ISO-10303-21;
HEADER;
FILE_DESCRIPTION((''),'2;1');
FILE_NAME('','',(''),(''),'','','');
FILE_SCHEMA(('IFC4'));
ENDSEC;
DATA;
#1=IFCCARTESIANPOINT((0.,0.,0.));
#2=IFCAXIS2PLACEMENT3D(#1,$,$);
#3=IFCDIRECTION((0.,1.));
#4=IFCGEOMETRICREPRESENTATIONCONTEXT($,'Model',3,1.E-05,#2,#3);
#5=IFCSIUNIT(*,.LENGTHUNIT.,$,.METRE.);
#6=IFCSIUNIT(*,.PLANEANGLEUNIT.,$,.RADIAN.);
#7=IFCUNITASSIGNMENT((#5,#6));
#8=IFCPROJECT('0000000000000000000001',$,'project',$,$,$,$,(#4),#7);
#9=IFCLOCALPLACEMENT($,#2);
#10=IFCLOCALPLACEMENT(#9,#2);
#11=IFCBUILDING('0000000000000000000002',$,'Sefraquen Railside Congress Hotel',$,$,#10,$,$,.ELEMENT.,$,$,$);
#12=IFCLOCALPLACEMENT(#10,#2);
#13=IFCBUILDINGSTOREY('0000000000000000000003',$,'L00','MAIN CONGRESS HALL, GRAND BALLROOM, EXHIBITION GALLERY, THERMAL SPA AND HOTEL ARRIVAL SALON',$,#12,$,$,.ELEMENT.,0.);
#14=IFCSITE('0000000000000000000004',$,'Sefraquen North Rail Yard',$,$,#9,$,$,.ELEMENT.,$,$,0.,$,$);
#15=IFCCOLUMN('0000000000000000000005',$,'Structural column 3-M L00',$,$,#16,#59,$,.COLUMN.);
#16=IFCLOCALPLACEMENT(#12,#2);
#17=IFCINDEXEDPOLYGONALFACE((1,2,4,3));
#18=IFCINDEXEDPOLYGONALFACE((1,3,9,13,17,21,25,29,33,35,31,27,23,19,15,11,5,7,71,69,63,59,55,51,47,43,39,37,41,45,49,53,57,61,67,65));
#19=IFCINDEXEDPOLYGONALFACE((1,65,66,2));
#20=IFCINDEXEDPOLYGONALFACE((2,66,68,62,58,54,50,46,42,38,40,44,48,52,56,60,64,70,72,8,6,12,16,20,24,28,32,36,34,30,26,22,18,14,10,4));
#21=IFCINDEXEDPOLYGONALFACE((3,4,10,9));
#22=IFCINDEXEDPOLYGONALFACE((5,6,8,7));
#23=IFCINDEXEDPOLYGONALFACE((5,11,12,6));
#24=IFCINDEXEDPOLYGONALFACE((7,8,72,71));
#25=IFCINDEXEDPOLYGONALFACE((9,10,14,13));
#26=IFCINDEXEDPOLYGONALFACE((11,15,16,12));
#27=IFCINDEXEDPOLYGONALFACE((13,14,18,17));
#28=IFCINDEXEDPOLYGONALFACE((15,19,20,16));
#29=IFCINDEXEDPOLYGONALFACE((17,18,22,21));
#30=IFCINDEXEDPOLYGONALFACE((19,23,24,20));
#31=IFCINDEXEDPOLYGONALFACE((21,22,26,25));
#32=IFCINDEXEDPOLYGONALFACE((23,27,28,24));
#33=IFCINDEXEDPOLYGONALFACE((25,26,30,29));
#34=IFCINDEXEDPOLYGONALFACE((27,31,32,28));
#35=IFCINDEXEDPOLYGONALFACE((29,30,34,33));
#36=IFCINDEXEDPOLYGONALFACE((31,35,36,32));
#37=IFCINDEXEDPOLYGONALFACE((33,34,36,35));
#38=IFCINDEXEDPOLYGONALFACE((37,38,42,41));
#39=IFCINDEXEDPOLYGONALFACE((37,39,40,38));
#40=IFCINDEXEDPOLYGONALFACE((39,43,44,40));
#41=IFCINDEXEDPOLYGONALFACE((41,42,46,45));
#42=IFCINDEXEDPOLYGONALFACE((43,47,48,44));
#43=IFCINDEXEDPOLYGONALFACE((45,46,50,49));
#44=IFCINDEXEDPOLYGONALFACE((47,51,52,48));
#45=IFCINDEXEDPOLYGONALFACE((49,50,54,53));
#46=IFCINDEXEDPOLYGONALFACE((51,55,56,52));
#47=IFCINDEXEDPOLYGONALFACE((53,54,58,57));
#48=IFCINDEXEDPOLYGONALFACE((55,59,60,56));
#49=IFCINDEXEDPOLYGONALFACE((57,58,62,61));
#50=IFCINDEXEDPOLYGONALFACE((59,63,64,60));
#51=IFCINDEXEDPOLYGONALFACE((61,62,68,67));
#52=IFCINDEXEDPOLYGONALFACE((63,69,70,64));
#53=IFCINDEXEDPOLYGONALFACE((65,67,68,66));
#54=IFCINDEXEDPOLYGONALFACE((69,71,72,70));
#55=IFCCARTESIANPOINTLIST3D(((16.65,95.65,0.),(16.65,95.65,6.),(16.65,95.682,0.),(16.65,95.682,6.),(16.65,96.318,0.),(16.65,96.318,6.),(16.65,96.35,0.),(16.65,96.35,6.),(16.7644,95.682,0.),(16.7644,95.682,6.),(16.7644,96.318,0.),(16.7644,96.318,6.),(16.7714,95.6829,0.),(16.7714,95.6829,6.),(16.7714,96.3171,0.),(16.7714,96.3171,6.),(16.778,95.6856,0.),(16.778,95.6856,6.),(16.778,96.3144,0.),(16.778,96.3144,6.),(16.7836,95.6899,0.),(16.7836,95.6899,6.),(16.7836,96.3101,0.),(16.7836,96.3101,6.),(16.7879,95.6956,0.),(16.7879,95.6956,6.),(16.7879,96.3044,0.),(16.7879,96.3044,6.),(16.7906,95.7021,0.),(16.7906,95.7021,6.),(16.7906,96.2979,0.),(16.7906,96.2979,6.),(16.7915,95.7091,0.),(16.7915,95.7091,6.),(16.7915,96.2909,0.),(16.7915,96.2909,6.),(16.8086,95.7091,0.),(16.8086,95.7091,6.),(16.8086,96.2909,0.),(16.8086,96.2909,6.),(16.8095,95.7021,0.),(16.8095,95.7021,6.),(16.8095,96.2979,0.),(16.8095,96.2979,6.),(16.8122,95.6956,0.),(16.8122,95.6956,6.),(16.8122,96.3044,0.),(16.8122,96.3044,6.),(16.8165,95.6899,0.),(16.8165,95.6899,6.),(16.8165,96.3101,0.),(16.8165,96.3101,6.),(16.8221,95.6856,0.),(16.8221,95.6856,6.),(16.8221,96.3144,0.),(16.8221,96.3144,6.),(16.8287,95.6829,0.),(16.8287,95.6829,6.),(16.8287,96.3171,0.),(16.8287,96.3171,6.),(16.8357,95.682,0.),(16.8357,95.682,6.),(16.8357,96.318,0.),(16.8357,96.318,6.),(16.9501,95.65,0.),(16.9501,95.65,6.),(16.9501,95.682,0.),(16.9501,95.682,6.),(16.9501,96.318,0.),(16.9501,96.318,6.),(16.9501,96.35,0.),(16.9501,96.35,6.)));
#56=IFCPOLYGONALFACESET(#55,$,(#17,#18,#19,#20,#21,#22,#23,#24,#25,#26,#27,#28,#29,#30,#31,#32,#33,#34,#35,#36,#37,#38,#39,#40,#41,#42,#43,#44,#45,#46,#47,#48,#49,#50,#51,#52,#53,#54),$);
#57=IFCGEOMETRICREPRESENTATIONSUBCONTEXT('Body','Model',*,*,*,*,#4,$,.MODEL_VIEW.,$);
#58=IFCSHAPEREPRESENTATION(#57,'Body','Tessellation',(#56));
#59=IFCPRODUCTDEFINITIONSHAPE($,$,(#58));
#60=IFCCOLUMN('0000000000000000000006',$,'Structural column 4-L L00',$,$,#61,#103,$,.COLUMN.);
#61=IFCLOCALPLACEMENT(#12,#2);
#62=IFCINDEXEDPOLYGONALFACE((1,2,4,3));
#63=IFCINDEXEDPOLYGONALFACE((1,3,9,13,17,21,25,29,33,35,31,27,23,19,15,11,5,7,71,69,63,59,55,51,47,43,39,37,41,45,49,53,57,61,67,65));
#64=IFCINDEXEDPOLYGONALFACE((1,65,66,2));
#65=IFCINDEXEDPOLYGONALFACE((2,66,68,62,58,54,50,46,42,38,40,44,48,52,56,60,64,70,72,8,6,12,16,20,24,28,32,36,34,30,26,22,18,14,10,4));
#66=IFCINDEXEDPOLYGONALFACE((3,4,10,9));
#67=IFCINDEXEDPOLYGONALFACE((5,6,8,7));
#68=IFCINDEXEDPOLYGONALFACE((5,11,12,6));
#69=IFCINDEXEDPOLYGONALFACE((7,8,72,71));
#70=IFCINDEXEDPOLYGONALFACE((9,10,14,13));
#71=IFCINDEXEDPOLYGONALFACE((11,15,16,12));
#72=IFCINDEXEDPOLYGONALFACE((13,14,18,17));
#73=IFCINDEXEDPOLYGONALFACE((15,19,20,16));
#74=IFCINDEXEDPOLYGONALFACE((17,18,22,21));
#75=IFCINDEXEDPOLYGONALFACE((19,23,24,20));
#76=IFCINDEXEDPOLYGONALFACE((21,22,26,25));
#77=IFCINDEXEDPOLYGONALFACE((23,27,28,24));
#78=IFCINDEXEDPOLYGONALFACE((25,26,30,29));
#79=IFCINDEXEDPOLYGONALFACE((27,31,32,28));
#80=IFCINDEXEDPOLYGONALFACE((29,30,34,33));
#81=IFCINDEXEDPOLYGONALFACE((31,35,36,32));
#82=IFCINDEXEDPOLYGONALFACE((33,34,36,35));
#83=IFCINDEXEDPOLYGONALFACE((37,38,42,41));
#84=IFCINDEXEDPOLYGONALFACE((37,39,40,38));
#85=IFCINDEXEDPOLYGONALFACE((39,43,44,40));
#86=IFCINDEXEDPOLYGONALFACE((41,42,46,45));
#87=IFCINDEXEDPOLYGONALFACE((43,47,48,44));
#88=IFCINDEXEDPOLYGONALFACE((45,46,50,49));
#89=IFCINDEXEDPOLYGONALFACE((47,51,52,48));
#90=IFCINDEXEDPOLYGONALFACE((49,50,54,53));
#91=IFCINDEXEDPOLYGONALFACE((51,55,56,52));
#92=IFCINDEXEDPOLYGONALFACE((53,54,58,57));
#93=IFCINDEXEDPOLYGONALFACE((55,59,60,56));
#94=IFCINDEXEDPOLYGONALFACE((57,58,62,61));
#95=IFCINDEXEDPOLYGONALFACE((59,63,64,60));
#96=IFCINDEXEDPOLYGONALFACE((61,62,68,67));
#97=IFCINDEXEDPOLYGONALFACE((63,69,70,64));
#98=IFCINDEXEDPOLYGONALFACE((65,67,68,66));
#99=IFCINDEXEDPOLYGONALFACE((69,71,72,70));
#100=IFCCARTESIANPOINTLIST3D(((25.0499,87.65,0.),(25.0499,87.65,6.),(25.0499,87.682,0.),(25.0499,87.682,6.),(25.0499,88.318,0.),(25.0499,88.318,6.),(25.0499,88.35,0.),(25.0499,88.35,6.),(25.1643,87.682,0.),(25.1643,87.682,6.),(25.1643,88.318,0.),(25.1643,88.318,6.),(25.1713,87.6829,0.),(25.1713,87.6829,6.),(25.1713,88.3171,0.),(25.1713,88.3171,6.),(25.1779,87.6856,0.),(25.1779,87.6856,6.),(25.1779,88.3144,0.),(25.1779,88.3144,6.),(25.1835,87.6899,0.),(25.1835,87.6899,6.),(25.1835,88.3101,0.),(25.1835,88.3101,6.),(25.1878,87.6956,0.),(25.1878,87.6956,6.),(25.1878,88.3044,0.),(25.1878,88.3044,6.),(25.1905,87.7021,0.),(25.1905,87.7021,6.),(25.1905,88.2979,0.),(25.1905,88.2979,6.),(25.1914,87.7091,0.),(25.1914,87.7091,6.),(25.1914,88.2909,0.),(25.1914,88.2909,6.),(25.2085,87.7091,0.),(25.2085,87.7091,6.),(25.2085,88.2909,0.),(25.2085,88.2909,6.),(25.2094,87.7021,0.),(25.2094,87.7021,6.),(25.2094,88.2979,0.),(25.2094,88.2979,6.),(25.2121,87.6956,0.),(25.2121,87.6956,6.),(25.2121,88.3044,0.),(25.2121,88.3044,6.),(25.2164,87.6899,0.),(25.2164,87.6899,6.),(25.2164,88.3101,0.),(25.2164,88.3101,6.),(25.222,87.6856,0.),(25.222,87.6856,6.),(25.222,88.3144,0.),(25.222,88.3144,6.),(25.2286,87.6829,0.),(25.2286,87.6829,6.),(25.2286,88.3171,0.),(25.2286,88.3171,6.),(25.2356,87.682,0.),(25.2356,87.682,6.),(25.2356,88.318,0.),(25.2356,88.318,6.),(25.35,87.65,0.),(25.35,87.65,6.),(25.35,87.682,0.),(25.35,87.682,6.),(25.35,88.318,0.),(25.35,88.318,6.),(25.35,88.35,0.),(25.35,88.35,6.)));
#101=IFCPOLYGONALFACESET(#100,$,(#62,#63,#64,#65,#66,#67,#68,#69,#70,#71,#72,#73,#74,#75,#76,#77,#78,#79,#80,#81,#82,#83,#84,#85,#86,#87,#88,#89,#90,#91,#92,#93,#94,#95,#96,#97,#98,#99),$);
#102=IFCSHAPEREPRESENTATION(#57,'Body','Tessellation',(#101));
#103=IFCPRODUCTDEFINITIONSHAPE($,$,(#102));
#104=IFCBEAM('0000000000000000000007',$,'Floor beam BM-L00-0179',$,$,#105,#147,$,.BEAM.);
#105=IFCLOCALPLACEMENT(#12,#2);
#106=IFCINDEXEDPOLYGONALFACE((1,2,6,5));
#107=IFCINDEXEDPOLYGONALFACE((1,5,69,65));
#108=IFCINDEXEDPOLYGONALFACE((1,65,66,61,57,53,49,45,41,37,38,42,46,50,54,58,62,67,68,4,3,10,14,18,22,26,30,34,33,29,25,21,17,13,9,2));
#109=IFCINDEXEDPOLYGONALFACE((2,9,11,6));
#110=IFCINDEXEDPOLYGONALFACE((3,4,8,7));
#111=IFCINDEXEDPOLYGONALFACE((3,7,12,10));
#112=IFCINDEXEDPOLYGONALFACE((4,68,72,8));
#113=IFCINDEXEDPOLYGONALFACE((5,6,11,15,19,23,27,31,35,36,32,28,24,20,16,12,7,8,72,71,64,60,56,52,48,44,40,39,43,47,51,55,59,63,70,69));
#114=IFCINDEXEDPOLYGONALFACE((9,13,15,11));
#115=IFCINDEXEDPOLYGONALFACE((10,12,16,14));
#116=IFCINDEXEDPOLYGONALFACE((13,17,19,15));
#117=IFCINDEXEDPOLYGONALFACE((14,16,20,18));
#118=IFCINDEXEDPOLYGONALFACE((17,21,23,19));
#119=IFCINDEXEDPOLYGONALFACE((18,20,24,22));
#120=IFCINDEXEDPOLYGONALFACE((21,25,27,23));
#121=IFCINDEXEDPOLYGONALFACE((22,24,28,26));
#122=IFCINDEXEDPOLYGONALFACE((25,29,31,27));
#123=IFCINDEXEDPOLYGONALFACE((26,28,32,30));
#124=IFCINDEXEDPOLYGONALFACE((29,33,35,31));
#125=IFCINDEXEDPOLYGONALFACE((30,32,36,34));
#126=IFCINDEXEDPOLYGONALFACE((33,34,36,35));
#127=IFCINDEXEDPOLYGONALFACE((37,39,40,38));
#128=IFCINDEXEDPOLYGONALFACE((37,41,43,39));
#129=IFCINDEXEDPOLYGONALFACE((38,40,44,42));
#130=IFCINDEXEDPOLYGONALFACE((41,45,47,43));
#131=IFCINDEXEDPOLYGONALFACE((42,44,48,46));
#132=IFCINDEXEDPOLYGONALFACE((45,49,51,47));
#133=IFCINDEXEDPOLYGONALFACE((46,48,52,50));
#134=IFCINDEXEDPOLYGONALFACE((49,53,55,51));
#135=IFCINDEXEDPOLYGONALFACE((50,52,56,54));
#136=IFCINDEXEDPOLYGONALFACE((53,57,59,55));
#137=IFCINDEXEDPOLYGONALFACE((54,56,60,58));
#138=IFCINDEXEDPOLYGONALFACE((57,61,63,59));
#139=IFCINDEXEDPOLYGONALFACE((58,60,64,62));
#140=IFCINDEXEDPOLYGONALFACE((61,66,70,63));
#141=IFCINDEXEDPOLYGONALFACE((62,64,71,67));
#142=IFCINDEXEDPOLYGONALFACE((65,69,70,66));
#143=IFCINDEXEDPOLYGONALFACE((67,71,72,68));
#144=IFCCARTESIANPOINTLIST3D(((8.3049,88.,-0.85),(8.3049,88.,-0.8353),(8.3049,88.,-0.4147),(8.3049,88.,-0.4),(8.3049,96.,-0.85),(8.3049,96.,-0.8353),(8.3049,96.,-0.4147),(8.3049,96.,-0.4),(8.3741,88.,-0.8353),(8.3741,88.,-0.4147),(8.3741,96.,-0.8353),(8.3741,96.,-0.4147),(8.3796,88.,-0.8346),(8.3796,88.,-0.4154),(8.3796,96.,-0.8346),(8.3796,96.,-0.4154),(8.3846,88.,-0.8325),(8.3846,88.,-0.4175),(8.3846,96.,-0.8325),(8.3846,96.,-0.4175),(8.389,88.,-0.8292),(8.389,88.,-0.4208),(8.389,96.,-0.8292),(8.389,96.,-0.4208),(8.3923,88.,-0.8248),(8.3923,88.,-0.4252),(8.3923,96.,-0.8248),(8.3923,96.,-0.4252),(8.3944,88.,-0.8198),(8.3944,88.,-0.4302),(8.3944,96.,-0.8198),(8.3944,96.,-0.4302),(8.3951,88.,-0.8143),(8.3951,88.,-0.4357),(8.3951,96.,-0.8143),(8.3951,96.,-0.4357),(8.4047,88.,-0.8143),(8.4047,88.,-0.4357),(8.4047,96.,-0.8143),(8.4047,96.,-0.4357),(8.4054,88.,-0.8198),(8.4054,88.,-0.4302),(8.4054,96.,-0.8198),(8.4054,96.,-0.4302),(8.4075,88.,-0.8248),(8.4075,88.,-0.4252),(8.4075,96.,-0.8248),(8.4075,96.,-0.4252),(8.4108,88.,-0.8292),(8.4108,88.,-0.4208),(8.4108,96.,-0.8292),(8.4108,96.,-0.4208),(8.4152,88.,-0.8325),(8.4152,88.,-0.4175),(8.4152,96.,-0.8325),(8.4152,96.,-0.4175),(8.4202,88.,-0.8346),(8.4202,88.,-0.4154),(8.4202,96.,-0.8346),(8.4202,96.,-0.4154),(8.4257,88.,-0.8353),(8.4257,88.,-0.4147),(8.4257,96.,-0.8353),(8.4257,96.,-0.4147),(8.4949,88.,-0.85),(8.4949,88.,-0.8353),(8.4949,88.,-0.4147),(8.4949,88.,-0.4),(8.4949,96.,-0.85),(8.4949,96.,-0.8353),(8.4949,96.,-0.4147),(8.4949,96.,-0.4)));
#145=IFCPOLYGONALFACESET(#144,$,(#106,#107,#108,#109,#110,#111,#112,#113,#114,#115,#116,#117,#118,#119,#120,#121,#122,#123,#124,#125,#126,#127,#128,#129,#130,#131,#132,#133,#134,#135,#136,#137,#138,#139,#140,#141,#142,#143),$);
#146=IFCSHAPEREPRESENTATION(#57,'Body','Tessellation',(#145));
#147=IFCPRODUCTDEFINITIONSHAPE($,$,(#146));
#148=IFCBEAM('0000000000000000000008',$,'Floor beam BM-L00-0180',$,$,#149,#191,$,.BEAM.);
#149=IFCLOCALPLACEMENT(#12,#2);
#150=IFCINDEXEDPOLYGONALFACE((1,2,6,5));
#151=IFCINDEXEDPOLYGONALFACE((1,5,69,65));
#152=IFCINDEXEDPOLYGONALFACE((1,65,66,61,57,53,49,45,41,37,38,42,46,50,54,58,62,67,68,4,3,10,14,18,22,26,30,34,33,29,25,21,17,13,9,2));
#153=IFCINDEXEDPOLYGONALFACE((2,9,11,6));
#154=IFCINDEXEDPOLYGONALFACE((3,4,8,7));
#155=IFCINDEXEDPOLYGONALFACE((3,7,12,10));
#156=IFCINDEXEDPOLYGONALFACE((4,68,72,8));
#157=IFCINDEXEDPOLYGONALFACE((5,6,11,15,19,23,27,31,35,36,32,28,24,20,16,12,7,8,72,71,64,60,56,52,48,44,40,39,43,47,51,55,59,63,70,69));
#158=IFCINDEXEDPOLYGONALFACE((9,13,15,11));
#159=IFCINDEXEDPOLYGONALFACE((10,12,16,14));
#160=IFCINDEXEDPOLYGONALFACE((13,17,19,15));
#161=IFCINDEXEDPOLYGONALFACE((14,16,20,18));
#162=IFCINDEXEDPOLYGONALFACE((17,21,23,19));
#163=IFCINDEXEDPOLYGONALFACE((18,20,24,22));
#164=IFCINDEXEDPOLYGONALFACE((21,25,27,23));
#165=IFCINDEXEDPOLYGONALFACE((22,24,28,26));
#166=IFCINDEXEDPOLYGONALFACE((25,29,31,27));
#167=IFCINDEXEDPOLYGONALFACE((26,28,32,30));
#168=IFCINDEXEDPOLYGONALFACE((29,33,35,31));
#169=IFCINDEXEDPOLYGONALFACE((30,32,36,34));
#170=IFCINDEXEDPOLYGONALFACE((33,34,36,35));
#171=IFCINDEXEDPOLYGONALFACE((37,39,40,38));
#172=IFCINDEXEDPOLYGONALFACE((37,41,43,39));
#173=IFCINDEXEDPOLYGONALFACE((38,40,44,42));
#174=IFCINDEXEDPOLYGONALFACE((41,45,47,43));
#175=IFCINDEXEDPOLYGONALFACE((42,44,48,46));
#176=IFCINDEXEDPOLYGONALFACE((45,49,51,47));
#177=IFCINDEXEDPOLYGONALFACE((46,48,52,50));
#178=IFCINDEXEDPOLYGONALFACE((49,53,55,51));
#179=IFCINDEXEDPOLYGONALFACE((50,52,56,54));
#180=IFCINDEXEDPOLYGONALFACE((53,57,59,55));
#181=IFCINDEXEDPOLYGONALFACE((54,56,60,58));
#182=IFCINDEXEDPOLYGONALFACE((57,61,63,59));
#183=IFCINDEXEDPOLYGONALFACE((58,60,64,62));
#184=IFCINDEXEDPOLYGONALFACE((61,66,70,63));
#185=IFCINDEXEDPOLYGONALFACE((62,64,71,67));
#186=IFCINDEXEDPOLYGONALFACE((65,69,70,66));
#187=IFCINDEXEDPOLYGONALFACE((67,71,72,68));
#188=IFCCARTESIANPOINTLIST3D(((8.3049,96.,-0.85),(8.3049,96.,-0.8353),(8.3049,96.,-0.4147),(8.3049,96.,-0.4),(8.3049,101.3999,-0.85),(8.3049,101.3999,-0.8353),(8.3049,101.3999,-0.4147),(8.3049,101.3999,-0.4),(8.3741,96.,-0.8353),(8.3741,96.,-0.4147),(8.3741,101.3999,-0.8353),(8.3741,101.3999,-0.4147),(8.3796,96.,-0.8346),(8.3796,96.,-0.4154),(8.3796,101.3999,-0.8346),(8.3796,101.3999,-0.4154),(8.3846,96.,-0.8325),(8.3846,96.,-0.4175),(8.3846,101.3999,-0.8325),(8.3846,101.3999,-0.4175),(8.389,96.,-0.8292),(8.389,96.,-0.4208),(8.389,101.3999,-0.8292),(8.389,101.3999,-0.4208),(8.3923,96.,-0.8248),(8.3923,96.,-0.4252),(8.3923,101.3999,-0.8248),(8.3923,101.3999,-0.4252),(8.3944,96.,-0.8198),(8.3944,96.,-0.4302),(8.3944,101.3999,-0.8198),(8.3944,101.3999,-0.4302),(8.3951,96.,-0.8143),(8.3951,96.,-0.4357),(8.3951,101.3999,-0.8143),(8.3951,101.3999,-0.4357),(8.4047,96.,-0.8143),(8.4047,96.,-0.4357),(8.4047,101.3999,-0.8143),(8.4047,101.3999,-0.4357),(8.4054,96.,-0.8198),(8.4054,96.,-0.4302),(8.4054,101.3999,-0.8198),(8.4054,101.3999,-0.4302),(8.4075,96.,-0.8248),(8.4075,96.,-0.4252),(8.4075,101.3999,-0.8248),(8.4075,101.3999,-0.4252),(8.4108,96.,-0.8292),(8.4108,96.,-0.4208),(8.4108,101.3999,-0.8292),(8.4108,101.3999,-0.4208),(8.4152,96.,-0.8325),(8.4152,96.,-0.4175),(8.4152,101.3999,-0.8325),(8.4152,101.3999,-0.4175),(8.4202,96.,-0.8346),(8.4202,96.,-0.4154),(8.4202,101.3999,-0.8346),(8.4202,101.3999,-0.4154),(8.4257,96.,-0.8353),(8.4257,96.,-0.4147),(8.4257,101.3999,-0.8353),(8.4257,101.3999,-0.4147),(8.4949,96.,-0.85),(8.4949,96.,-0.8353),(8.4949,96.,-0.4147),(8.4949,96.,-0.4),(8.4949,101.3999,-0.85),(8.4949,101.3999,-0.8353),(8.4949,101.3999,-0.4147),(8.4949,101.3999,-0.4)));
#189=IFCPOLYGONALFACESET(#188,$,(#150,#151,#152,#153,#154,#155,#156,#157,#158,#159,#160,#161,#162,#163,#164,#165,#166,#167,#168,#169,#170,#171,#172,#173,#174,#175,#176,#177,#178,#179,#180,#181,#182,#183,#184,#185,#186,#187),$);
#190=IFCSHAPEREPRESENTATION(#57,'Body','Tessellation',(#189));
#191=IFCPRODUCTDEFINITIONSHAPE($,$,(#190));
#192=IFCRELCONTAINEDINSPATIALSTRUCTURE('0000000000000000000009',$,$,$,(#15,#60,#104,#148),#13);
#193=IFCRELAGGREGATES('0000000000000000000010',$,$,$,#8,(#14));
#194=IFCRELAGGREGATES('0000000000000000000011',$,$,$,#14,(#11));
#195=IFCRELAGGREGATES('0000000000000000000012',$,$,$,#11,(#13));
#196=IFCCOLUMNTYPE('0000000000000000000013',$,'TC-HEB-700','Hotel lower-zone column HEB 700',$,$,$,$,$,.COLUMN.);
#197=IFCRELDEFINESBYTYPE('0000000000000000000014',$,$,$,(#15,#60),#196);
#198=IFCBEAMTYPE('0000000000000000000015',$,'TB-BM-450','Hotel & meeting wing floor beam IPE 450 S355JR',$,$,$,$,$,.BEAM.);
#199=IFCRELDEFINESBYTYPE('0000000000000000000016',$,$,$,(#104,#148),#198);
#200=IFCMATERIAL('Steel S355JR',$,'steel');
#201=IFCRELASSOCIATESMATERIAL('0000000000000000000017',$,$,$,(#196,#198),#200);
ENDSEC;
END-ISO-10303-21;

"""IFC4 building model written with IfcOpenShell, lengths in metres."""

from ifc_helpers import new_model, si_unit, direction, frame, origin, origin_2d, place, context, subcontext, project, spatial, i_section, extrude, material, material_profile, profile_set, type_object, element, save


model = new_model("IFC4")

# Units and contexts
model_context = context("Model", 3, precision=1e-05, world=origin(), true_north=direction((0.0, 1.0)))
body_context = subcontext(model_context, "Body", "Model", "MODEL_VIEW")
ifc_project = project(units=[si_unit("LENGTHUNIT", "METRE"), si_unit("PLANEANGLEUNIT", "RADIAN")], contexts=[model_context])

# Site, building, storey
site_placement = place(None, origin())
site = spatial("IfcSite", under=ifc_project, at=site_placement, Name="Sefraquen North Rail Yard", CompositionType="ELEMENT", RefElevation=0.0)
building_placement = place(site_placement, origin())
building = spatial("IfcBuilding", under=site, at=building_placement, Name="Sefraquen Railside Congress Hotel", CompositionType="ELEMENT")
storey_placement = place(building_placement, origin())
storey = spatial("IfcBuildingStorey", under=building, at=storey_placement, Name="L00", Description="MAIN CONGRESS HALL, GRAND BALLROOM, EXHIBITION GALLERY, THERMAL SPA AND HOTEL ARRIVAL SALON", CompositionType="ELEMENT", Elevation=0.0)

# Columns
ifc_material_1 = material(Name="Steel S355JR", Category="steel")
ifc_material_profile_1 = material_profile(ifc_material_1, i_section(OverallWidth=0.3, OverallDepth=0.7, WebThickness=0.0171, FlangeThickness=0.032, FilletRadius=0.0271, at=origin_2d()), Name="HEB 700")
ifc_profile_set_1 = profile_set([ifc_material_profile_1], Name="Steel S355JR")
column_type_1 = type_object("IfcColumnType", Name="TC-HEB-700", Description="Hotel lower-zone column HEB 700", PredefinedType="COLUMN", material=ifc_profile_set_1)
for number, where, z_axis, x_axis, name in (
    (1, (16.8, 96.0, 0.0), (0.0, 0.0, 1.0), (1.0, 0.0, 0.0), "Structural column 3-M L00"),
    (2, (25.2, 88.0, 0.0), (0.0, 0.0, 1.0), (1.0, 0.0, 0.0), "Structural column 4-L L00"),
):
    element("IfcColumn", number, at=place(storey_placement, frame(where, z_axis=z_axis, x_axis=x_axis)), inside=storey, type_object=column_type_1, Name=name, PredefinedType="COLUMN", context=body_context, shape_type="SweptSolid", body=[
        extrude(i_section(OverallWidth=0.3, OverallDepth=0.7, WebThickness=0.0171, FlangeThickness=0.032, FilletRadius=0.0271, at=origin_2d()), origin(), (0.0, 0.0, 1.0), 6.0),
    ])

# Beams
ifc_material_profile_2 = material_profile(ifc_material_1, i_section(OverallWidth=0.1899, OverallDepth=0.45, WebThickness=0.0095, FlangeThickness=0.0146, FilletRadius=0.021, at=origin_2d()), Name="IPE 450")
ifc_profile_set_2 = profile_set([ifc_material_profile_2], Name="Steel S355JR")
beam_type_1 = type_object("IfcBeamType", Name="TB-BM-450", Description="Hotel & meeting wing floor beam IPE 450 S355JR", PredefinedType="BEAM", material=ifc_profile_set_2)
beam_1_placement = place(storey_placement, frame((8.3999, 88.0, -0.625), z_axis=(0.0, 1.0, 0.0), x_axis=(-1.0, 0.0, 0.0)))
element("IfcBeam", 3, at=beam_1_placement, inside=storey, type_object=beam_type_1, Name="Floor beam BM-L00-0179", PredefinedType="BEAM", context=body_context, shape_type="SweptSolid", body=[
    extrude(i_section(OverallWidth=0.1899, OverallDepth=0.45, WebThickness=0.0095, FlangeThickness=0.0146, FilletRadius=0.021, at=origin_2d()), origin(), (0.0, 0.0, 1.0), 8.0),
])
beam_2_placement = place(storey_placement, frame((8.3999, 96.0, -0.625), z_axis=(0.0, 1.0, 0.0), x_axis=(-1.0, 0.0, 0.0)))
element("IfcBeam", 4, at=beam_2_placement, inside=storey, type_object=beam_type_1, Name="Floor beam BM-L00-0180", PredefinedType="BEAM", context=body_context, shape_type="SweptSolid", body=[
    extrude(i_section(OverallWidth=0.1899, OverallDepth=0.45, WebThickness=0.0095, FlangeThickness=0.0146, FilletRadius=0.021, at=origin_2d()), origin(), (0.0, 0.0, 1.0), 5.3999),
])

save(model, "model.ifc")
